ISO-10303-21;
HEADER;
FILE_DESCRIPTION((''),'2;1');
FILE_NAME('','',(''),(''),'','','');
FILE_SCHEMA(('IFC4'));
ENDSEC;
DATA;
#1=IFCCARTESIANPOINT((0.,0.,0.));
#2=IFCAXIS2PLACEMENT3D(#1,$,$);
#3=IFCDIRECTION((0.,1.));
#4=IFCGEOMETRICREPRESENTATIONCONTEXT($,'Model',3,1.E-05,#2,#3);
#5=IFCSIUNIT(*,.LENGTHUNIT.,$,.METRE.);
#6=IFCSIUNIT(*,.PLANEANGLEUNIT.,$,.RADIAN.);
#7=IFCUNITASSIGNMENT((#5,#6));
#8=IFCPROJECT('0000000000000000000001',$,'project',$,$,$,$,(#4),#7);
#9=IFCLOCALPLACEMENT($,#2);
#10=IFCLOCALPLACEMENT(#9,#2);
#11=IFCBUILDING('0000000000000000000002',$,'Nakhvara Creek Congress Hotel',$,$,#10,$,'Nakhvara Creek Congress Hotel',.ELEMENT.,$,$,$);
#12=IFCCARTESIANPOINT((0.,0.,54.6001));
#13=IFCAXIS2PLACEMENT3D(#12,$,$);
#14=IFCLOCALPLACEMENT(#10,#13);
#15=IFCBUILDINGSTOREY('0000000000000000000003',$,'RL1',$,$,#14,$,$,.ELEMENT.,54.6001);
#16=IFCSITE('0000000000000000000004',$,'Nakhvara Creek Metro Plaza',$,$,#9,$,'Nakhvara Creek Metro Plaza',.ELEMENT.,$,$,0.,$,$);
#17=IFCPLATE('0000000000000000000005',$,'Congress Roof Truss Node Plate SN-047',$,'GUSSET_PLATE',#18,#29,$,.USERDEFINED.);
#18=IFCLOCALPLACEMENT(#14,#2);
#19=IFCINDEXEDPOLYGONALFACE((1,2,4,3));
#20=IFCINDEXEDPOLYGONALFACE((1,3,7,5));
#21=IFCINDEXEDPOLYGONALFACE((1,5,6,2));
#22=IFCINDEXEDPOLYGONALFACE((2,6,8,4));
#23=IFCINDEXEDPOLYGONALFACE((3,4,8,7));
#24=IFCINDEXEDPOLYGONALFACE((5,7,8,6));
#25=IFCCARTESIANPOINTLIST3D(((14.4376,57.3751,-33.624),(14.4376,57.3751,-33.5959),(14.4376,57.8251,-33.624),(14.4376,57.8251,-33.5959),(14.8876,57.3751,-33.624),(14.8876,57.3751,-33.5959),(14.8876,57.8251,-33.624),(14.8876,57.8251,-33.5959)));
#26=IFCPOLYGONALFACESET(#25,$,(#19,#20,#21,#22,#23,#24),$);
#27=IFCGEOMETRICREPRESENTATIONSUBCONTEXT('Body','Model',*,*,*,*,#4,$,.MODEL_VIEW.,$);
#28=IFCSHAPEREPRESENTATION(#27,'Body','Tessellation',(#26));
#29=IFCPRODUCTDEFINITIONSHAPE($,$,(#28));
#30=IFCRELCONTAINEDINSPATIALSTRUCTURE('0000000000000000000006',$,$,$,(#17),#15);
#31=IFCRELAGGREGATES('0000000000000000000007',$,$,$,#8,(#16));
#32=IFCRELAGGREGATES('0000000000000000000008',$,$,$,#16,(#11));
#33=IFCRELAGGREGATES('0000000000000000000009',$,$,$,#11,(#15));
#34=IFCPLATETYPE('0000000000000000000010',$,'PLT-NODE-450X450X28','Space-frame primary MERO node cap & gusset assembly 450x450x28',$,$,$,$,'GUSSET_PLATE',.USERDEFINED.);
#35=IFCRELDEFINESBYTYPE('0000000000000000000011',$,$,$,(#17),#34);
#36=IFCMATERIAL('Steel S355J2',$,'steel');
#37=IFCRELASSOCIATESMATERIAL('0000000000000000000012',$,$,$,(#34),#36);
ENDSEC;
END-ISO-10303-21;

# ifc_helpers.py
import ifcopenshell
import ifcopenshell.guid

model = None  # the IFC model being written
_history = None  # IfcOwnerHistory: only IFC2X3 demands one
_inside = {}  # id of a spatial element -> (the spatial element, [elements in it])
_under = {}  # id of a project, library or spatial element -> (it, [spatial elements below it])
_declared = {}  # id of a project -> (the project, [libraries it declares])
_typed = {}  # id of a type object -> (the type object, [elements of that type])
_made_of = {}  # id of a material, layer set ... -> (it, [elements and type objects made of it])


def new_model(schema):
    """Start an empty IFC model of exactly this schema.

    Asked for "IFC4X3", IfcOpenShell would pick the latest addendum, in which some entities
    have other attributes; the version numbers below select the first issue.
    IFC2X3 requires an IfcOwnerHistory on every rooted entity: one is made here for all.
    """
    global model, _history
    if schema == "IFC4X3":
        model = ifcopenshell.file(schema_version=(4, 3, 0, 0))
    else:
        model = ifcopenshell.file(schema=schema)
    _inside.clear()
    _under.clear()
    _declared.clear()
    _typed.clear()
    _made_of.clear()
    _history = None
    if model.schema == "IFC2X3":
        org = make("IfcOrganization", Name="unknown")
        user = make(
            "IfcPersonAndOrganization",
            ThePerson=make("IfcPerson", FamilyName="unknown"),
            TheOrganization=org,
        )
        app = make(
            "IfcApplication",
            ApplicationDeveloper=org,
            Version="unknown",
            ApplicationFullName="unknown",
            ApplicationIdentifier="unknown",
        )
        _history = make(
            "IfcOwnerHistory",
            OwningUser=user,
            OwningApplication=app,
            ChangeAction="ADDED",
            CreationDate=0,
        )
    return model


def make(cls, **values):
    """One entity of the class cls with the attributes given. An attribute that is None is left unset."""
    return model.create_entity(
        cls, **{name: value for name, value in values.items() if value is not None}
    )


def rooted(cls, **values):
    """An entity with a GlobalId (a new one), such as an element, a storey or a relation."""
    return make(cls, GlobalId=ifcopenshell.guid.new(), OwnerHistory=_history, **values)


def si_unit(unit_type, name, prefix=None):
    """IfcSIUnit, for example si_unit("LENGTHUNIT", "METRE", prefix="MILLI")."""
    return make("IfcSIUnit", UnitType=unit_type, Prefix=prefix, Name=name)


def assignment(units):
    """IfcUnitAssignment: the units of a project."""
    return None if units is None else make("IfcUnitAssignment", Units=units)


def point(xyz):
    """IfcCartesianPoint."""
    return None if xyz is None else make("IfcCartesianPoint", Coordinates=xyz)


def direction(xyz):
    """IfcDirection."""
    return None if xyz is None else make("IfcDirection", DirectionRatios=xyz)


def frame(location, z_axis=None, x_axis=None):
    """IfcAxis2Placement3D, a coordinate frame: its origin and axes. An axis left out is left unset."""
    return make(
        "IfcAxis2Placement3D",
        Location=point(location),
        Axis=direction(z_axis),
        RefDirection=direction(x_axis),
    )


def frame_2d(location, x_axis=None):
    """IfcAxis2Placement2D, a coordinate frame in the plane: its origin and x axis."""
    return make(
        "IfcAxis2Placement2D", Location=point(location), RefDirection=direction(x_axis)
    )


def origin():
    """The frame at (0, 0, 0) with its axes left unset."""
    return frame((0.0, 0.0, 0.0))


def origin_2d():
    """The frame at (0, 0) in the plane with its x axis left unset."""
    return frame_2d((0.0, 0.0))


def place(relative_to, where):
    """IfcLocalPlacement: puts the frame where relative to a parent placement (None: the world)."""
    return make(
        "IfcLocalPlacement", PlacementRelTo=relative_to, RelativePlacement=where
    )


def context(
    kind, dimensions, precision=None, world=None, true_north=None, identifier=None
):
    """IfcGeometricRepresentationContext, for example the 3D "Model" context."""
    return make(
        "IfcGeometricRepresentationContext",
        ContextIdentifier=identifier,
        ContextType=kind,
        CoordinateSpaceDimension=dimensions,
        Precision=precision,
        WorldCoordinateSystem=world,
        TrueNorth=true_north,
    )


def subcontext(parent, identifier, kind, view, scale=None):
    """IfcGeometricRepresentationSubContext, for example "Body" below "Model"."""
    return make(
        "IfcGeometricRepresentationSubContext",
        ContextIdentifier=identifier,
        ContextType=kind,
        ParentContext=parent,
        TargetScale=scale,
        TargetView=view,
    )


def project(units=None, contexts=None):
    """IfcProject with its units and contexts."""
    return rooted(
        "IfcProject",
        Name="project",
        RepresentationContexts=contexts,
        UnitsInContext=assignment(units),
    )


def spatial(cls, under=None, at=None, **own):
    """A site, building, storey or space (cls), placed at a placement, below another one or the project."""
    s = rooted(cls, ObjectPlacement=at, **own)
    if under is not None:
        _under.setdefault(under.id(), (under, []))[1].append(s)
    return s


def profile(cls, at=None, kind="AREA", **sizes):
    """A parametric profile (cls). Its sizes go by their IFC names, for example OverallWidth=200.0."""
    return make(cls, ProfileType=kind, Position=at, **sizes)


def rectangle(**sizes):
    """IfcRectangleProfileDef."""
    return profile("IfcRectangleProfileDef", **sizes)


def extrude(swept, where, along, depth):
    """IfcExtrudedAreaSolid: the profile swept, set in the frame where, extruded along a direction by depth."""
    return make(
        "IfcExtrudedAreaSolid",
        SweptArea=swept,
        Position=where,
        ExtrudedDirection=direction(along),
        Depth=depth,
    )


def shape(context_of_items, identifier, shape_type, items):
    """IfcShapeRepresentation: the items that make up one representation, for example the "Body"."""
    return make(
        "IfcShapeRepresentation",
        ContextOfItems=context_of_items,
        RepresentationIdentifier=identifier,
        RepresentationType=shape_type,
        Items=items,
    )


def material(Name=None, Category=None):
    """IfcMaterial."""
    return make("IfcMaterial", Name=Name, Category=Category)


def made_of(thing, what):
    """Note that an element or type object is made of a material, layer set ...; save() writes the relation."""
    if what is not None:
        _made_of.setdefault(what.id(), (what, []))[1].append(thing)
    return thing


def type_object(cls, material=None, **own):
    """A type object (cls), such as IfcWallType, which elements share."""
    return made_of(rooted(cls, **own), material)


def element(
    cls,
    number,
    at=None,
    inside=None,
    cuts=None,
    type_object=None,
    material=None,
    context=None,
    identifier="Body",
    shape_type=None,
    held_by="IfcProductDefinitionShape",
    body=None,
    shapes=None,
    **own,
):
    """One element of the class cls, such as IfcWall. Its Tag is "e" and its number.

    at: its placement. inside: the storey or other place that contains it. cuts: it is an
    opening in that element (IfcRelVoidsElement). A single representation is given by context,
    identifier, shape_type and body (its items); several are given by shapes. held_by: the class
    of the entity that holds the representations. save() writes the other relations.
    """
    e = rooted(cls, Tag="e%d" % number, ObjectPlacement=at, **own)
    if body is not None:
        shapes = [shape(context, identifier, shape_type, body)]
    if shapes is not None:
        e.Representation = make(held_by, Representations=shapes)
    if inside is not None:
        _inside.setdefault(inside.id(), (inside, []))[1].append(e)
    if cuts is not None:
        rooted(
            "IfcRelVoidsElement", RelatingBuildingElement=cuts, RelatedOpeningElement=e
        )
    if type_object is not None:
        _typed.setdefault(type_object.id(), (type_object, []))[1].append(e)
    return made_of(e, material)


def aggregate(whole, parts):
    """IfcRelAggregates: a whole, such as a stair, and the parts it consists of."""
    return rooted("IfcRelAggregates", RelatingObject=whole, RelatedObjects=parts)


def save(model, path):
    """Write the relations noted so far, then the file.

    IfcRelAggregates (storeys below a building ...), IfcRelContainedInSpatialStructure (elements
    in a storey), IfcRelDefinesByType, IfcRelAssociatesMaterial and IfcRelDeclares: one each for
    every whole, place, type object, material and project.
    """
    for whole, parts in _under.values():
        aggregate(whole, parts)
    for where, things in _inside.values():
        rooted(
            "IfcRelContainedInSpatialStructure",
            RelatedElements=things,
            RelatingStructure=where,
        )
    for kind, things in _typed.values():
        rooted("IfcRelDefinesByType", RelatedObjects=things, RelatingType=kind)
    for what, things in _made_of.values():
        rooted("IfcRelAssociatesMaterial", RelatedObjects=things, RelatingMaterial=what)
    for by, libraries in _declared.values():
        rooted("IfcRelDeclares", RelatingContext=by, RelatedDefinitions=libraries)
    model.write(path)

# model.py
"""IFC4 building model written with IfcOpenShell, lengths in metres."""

from ifc_helpers import new_model, si_unit, direction, frame, origin, origin_2d, place, context, subcontext, project, spatial, rectangle, extrude, material, type_object, element, save


model = new_model("IFC4")

# Units and contexts
model_context = context("Model", 3, precision=1e-05, world=origin(), true_north=direction((0.0, 1.0)))
body_context = subcontext(model_context, "Body", "Model", "MODEL_VIEW")
ifc_project = project(units=[si_unit("LENGTHUNIT", "METRE"), si_unit("PLANEANGLEUNIT", "RADIAN")], contexts=[model_context])

# Site, building, storey
site_placement = place(None, origin())
site = spatial("IfcSite", under=ifc_project, at=site_placement, Name="Nakhvara Creek Metro Plaza", LongName="Nakhvara Creek Metro Plaza", CompositionType="ELEMENT", RefElevation=0.0)
building_placement = place(site_placement, origin())
building = spatial("IfcBuilding", under=site, at=building_placement, Name="Nakhvara Creek Congress Hotel", LongName="Nakhvara Creek Congress Hotel", CompositionType="ELEMENT")
storey_placement = place(building_placement, frame((0.0, 0.0, 54.6001)))
storey = spatial("IfcBuildingStorey", under=building, at=storey_placement, Name="RL1", CompositionType="ELEMENT", Elevation=54.6001)

# Plate
ifc_material_1 = material(Name="Steel S355J2", Category="steel")
plate_type_1 = type_object("IfcPlateType", Name="PLT-NODE-450X450X28", Description="Space-frame primary MERO node cap & gusset assembly 450x450x28", ElementType="GUSSET_PLATE", PredefinedType="USERDEFINED", material=ifc_material_1)
for number, where, z_axis, x_axis, name in (
    (1, (14.6626, 57.6001, -33.624), (0.0, 0.0, 1.0), (1.0, 0.0, 0.0), "Congress Roof Truss Node Plate SN-047"),
):
    element("IfcPlate", number, at=place(storey_placement, frame(where, z_axis=z_axis, x_axis=x_axis)), inside=storey, type_object=plate_type_1, Name=name, ObjectType="GUSSET_PLATE", PredefinedType="USERDEFINED", context=body_context, shape_type="SweptSolid", body=[
        extrude(rectangle(XDim=0.45, YDim=0.45, at=origin_2d()), origin(), (0.0, 0.0, 1.0), 0.0281),
    ])

save(model, "model.ifc")
